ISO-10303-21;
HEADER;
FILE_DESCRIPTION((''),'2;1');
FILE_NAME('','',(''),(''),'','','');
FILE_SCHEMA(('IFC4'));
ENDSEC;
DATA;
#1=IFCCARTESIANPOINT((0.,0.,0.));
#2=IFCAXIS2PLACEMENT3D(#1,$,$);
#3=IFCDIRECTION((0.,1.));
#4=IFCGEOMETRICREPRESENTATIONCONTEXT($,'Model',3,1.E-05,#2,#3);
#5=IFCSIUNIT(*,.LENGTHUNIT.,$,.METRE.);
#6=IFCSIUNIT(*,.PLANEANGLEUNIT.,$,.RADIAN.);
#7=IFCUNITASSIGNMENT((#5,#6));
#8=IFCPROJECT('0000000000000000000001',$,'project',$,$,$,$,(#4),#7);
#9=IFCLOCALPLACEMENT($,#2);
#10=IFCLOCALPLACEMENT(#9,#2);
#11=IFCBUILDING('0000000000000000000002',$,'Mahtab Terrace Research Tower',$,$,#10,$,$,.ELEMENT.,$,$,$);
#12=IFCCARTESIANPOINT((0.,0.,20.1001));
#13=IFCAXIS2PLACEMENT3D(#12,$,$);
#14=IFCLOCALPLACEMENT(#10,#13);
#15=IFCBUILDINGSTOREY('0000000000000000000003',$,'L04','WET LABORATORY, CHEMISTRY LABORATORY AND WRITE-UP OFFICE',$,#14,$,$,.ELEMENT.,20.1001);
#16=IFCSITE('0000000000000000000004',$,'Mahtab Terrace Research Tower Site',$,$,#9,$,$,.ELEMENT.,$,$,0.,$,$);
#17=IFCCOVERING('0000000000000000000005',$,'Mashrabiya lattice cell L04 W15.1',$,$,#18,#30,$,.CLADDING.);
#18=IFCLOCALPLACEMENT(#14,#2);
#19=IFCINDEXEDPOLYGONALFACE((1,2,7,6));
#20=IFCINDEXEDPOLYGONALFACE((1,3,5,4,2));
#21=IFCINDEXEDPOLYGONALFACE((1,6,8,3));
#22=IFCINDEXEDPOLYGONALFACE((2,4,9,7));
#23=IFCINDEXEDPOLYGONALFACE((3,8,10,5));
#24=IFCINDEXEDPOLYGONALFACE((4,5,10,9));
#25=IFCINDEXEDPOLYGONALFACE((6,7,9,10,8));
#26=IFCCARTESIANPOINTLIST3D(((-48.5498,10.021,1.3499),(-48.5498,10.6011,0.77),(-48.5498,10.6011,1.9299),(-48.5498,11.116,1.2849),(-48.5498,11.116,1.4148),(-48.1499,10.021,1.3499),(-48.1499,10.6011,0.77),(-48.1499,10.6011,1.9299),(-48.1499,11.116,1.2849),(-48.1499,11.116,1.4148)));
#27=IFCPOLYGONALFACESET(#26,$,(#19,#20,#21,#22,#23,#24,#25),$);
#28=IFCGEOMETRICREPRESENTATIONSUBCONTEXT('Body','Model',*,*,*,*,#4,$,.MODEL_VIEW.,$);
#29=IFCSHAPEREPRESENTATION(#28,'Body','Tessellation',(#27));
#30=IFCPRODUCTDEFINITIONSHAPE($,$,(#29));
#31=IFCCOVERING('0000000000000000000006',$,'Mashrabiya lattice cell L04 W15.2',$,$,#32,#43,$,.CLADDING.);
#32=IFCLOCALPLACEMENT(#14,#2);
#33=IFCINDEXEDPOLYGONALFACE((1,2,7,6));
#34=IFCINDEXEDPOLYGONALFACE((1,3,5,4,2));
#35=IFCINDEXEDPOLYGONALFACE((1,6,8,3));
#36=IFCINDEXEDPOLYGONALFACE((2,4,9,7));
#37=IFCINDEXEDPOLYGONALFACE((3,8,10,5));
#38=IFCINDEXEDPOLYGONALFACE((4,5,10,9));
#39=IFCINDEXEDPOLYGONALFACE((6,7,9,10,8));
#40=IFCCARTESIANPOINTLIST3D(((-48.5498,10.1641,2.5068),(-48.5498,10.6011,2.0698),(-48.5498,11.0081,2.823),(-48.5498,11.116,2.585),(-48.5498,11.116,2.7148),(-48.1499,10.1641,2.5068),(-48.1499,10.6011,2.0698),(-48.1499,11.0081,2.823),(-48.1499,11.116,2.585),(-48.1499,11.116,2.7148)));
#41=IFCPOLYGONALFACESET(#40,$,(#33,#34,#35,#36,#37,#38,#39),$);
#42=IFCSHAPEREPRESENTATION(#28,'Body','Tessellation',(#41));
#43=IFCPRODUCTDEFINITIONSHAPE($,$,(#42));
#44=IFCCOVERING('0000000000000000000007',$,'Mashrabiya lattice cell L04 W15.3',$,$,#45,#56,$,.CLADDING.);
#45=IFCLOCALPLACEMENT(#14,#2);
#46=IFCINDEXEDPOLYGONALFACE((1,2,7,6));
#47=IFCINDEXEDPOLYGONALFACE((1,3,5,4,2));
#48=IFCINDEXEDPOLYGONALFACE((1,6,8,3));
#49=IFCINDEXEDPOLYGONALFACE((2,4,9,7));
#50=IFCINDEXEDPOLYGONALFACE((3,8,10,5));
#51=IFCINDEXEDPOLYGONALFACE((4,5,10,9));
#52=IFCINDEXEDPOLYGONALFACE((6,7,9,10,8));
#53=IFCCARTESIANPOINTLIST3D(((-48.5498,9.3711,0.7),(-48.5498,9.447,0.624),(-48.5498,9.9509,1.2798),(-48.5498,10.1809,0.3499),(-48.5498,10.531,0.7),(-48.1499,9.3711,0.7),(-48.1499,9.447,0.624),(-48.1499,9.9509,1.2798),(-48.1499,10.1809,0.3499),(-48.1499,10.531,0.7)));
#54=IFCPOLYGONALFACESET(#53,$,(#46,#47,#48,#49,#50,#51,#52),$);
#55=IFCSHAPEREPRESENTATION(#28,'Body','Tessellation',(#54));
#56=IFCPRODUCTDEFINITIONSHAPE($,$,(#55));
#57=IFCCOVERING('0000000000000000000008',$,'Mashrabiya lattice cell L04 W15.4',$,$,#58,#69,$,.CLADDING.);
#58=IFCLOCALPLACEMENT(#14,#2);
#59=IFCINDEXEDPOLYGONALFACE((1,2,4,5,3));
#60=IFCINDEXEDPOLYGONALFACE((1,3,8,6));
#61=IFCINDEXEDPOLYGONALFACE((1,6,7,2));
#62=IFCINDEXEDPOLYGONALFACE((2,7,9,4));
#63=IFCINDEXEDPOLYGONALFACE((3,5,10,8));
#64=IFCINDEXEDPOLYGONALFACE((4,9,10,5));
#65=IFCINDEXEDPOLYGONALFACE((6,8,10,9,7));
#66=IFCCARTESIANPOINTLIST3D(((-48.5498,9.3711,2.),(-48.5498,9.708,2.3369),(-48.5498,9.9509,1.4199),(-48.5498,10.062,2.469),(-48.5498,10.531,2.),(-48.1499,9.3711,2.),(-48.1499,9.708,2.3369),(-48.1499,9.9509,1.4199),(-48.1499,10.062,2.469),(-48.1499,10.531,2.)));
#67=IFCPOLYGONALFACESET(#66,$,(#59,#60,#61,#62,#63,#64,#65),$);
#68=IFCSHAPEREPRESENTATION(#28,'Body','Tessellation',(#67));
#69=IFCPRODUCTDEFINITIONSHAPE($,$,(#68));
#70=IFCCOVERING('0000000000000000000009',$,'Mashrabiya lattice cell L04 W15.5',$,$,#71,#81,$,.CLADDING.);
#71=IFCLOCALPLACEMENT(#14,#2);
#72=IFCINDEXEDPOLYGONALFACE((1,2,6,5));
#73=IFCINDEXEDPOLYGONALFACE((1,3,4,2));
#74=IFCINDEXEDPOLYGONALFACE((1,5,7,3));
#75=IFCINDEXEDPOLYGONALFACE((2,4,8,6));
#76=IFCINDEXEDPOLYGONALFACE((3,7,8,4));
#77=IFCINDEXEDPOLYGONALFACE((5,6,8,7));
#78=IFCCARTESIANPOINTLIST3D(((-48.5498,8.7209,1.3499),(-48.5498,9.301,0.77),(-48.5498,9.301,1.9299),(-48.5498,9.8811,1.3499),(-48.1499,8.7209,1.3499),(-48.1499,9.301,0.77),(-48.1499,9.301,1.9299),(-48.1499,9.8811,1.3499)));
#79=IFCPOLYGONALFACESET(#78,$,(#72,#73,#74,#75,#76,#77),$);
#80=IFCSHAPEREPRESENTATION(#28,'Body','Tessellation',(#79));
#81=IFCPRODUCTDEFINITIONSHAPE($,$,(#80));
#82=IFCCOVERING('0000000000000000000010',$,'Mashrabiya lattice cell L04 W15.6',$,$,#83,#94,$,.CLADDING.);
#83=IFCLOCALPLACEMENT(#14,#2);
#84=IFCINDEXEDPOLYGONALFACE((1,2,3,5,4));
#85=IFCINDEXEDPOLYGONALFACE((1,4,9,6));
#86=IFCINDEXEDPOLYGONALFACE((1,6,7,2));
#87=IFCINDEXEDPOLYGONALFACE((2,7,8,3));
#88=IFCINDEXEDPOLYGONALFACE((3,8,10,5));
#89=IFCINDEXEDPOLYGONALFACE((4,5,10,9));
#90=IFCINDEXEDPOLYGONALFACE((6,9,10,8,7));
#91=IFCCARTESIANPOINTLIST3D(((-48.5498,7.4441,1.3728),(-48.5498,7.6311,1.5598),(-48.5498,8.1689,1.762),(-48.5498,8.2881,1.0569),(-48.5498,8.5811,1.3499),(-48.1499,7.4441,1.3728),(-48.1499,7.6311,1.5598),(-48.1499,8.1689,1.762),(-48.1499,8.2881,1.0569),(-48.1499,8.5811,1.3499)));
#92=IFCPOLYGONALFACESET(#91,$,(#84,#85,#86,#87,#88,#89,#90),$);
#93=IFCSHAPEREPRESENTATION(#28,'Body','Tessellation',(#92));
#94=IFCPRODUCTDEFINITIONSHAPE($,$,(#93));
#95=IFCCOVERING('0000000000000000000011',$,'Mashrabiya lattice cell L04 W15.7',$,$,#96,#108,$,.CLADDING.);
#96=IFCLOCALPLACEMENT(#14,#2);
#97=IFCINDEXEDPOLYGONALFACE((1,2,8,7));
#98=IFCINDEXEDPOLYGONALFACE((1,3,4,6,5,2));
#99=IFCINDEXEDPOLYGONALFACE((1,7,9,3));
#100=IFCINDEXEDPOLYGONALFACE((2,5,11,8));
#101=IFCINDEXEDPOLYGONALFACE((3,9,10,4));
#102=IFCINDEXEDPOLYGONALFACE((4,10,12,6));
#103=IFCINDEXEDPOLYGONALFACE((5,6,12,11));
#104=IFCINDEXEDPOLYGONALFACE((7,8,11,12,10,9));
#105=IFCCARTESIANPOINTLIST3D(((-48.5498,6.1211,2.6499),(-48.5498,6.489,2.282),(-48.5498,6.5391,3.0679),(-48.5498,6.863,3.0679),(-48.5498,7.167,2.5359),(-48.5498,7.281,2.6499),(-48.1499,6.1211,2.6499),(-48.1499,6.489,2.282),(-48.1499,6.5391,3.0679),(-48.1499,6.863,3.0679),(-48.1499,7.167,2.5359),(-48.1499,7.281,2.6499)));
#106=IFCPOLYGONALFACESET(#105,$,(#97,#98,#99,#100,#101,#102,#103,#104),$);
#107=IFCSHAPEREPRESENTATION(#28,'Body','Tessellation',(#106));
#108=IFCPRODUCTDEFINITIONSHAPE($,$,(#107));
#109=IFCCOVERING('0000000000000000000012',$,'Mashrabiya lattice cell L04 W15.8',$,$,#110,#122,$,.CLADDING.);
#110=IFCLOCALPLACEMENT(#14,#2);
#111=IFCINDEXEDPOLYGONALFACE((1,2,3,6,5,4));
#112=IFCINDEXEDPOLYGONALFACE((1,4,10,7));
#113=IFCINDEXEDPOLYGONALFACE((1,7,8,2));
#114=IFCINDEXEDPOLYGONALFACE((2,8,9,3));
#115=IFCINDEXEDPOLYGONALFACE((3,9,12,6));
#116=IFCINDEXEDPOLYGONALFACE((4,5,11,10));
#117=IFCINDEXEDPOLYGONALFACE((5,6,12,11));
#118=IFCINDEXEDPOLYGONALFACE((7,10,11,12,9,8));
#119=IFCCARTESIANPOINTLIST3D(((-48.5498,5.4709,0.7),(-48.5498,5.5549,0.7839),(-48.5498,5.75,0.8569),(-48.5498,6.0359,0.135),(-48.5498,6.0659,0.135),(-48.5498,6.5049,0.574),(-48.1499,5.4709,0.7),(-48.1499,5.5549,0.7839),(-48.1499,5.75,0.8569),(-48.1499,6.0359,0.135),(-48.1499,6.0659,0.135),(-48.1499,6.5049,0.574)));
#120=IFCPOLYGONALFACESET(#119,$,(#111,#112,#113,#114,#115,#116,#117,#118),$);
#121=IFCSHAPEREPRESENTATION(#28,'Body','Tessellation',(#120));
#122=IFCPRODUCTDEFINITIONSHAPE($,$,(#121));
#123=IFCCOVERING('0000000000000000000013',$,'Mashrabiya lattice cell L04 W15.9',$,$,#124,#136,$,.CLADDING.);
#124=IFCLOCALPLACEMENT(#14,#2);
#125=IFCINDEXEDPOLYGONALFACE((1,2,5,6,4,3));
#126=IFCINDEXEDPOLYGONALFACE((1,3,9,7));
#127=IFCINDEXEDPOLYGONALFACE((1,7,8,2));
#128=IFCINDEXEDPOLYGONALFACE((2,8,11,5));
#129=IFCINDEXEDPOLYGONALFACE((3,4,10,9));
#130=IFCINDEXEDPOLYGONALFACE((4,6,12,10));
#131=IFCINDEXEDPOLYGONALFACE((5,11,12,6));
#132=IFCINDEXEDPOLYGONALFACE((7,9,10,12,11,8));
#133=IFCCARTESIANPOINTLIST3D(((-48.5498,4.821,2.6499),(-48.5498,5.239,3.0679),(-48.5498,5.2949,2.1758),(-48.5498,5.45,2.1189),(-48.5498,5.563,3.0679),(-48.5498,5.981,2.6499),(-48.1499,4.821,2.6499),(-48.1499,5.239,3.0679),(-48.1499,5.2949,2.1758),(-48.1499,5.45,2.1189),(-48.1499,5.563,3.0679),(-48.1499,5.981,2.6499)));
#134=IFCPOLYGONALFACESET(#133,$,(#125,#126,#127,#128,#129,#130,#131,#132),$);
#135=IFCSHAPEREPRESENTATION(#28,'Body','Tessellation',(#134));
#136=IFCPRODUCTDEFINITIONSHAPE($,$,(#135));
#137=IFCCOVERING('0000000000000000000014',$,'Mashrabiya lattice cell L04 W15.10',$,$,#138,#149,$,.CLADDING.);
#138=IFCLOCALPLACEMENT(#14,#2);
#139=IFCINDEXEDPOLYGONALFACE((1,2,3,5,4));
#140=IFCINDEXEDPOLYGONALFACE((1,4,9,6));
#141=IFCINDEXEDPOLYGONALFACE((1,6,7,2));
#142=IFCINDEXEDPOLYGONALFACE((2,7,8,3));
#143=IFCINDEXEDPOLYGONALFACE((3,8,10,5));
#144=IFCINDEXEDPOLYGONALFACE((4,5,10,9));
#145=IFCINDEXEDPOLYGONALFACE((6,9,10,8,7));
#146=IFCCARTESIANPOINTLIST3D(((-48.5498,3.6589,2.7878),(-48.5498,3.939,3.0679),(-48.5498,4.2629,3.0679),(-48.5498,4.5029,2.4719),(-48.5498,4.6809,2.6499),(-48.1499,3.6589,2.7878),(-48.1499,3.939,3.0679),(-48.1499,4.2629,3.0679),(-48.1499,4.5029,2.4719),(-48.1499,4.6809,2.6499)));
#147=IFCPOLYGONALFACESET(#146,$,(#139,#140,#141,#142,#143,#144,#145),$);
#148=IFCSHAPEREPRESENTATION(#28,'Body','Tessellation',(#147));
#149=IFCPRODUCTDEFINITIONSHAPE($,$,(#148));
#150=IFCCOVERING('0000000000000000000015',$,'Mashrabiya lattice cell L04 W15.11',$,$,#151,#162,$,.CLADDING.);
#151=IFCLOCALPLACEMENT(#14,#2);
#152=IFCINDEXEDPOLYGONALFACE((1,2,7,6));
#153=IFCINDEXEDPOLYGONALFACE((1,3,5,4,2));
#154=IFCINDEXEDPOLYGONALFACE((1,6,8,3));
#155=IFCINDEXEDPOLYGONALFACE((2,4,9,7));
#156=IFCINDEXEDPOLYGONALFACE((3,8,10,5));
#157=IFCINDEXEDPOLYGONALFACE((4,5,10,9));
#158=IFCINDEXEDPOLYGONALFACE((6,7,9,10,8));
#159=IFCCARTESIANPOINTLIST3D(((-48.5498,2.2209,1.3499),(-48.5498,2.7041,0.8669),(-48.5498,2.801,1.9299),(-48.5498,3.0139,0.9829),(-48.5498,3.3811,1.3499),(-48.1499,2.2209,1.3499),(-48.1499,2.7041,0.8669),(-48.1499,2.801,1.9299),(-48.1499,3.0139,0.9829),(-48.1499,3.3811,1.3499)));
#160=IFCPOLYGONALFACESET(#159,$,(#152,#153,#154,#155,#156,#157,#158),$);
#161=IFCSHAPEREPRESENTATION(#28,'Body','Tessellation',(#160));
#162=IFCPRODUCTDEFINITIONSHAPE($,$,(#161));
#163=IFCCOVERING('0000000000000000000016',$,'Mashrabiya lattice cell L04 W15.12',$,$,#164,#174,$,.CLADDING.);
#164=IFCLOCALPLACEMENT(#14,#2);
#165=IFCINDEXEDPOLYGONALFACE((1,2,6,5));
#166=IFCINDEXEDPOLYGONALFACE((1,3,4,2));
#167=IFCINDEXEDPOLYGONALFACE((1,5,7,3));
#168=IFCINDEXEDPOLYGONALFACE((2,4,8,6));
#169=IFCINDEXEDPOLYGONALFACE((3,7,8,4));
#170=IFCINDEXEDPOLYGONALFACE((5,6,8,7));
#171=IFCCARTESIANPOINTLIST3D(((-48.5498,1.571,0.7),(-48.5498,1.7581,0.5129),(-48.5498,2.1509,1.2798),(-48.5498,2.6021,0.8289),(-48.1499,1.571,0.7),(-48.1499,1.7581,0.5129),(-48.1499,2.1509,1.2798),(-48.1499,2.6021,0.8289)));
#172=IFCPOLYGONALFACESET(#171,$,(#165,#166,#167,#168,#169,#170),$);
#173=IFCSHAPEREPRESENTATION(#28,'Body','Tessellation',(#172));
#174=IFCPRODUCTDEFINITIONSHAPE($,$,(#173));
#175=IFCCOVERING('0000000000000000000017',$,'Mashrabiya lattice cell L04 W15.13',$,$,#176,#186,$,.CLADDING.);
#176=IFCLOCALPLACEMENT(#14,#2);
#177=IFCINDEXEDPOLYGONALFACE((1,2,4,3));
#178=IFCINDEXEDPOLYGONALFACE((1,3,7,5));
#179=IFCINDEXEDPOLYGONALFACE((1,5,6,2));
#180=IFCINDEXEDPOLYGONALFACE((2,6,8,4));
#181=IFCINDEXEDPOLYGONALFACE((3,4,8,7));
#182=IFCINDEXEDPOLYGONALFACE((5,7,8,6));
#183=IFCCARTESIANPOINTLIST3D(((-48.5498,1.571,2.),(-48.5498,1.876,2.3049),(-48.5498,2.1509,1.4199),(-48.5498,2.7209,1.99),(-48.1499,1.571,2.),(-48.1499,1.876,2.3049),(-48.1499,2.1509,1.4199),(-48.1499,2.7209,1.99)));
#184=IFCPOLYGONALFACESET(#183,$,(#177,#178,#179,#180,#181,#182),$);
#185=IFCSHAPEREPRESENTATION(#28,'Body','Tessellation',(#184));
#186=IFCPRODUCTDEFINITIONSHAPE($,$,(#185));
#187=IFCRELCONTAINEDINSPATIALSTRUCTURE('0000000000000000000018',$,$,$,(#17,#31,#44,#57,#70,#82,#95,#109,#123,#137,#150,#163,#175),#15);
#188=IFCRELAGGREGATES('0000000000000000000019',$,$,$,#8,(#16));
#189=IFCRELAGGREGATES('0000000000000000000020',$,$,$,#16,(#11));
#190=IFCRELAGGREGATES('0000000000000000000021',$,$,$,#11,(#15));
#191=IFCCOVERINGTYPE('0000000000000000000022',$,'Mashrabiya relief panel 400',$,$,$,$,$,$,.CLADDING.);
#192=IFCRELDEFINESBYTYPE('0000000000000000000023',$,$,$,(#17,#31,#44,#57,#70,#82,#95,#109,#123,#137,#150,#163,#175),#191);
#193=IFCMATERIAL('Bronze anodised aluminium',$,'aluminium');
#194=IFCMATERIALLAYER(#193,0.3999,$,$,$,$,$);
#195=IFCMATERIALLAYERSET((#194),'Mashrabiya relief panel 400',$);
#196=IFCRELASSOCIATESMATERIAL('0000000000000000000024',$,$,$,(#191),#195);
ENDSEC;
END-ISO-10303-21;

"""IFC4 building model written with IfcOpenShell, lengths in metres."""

from ifc_helpers import new_model, si_unit, direction, frame, origin, place, context, subcontext, project, spatial, polyline, outline, extrude, material, layer, layer_set, type_object, element, save


model = new_model("IFC4")

# Units and contexts
model_context = context("Model", 3, precision=1e-05, world=origin(), true_north=direction((0.0, 1.0)))
body_context = subcontext(model_context, "Body", "Model", "MODEL_VIEW")
ifc_project = project(units=[si_unit("LENGTHUNIT", "METRE"), si_unit("PLANEANGLEUNIT", "RADIAN")], contexts=[model_context])

# Site, building, storey
site_placement = place(None, origin())
site = spatial("IfcSite", under=ifc_project, at=site_placement, Name="Mahtab Terrace Research Tower Site", CompositionType="ELEMENT", RefElevation=0.0)
building_placement = place(site_placement, origin())
building = spatial("IfcBuilding", under=site, at=building_placement, Name="Mahtab Terrace Research Tower", CompositionType="ELEMENT")
storey_placement = place(building_placement, frame((0.0, 0.0, 20.1001)))
storey = spatial("IfcBuildingStorey", under=building, at=storey_placement, Name="L04", Description="WET LABORATORY, CHEMISTRY LABORATORY AND WRITE-UP OFFICE", CompositionType="ELEMENT", Elevation=20.1001)

# Coverings
ifc_material_1 = material(Name="Bronze anodised aluminium", Category="aluminium")
ifc_layer_1 = layer(ifc_material_1, 0.3999)
ifc_layer_set_1 = layer_set([ifc_layer_1], Name="Mashrabiya relief panel 400")
covering_type = type_object("IfcCoveringType", Name="Mashrabiya relief panel 400", PredefinedType="CLADDING", material=ifc_layer_set_1)
covering_1_placement = place(storey_placement, frame((-48.1499, 10.6011, 1.9299), z_axis=(1.0, 0.0, 0.0), x_axis=(0.0, -0.707107, -0.707107)))
element("IfcCovering", 1, at=covering_1_placement, inside=storey, type_object=covering_type, Name="Mashrabiya lattice cell L04 W15.1", PredefinedType="CLADDING", context=body_context, shape_type="SweptSolid", body=[
    extrude(outline(polyline([(0.0, 0.0), (0.8204, 0.0), (0.8202, 0.8202), (0.092, 0.8202), (0.0002, 0.7283), (0.0, 0.0)])), origin(), (0.0, 0.0, -1.0), 0.3999),
])
covering_2_placement = place(storey_placement, frame((-48.1499, 10.6011, 2.0698), z_axis=(1.0, 0.0, 0.0), x_axis=(0.0, 0.706939, 0.707274)))
element("IfcCovering", 2, at=covering_2_placement, inside=storey, type_object=covering_type, Name="Mashrabiya lattice cell L04 W15.2", PredefinedType="CLADDING", context=body_context, shape_type="SweptSolid", body=[
    extrude(outline(polyline([(0.0, 0.0), (0.7283, 0.0), (0.8202, 0.0918), (0.8204, 0.2446), (0.0001, 0.618), (0.0, 0.0)])), origin(), (0.0, 0.0, -1.0), 0.3999),
])
covering_3_placement = place(storey_placement, frame((-48.1499, 10.531, 0.7), z_axis=(1.0, 0.0, 0.0), x_axis=(0.0, -0.707256, 0.706958)))
element("IfcCovering", 3, at=covering_3_placement, inside=storey, type_object=covering_type, Name="Mashrabiya lattice cell L04 W15.3", PredefinedType="CLADDING", context=body_context, shape_type="SweptSolid", body=[
    extrude(outline(polyline([(0.0, 0.0), (0.8202, 0.0), (0.8204, 0.82), (0.713, 0.82), (0.0001, 0.4951), (0.0, 0.0)])), origin(), (0.0, 0.0, -1.0), 0.3999),
])
covering_4_placement = place(storey_placement, frame((-48.1499, 9.3711, 2.0), z_axis=(1.0, 0.0, 0.0), x_axis=(0.0, 0.706958, -0.707256)))
element("IfcCovering", 4, at=covering_4_placement, inside=storey, type_object=covering_type, Name="Mashrabiya lattice cell L04 W15.4", PredefinedType="CLADDING", context=body_context, shape_type="SweptSolid", body=[
    extrude(outline(polyline([(0.0, 0.0), (0.8202, 0.0), (0.82, 0.8204), (0.1568, 0.8202), (-0.0001, 0.4765), (0.0, 0.0)])), origin(), (0.0, 0.0, -1.0), 0.3999),
])
covering_5_placement = place(storey_placement, frame((-48.1499, 9.301, 1.9299), z_axis=(1.0, 0.0, 0.0), x_axis=(0.0, -0.707107, -0.707107)))
element("IfcCovering", 5, at=covering_5_placement, inside=storey, type_object=covering_type, Name="Mashrabiya lattice cell L04 W15.5", PredefinedType="CLADDING", context=body_context, shape_type="SweptSolid", body=[
    extrude(outline(polyline([(0.0, 0.0), (0.8204, 0.0), (0.8202, 0.8202), (0.0, 0.8204), (0.0, 0.0)])), origin(), (0.0, 0.0, -1.0), 0.3999),
])
covering_6_placement = place(storey_placement, frame((-48.1499, 8.5811, 1.3499), z_axis=(1.0, 0.0, 0.0), x_axis=(0.0, -0.707107, 0.707107)))
element("IfcCovering", 6, at=covering_6_placement, inside=storey, type_object=covering_type, Name="Mashrabiya lattice cell L04 W15.6", PredefinedType="CLADDING", context=body_context, shape_type="SweptSolid", body=[
    extrude(outline(polyline([(0.0, 0.0), (0.5828, 0.0), (0.8202, 0.5233), (0.8202, 0.7877), (0.0, 0.4143), (0.0, 0.0)])), origin(), (0.0, 0.0, -1.0), 0.3999),
])
covering_7_placement = place(storey_placement, frame((-48.1499, 7.281, 2.6499), z_axis=(1.0, 0.0, 0.0), x_axis=(0.0, -0.707107, 0.707107)))
element("IfcCovering", 7, at=covering_7_placement, inside=storey, type_object=covering_type, Name="Mashrabiya lattice cell L04 W15.7", PredefinedType="CLADDING", context=body_context, shape_type="SweptSolid", body=[
    extrude(outline(polyline([(0.0, 0.0), (0.5911, 0.0), (0.8202, 0.2291), (0.8202, 0.8202), (0.2999, 0.8202), (0.0, 0.1612), (0.0, 0.0)])), origin(), (0.0, 0.0, -1.0), 0.3999),
])
covering_8_placement = place(storey_placement, frame((-48.1499, 6.5049, 0.574), z_axis=(1.0, 0.0, 0.0), x_axis=(0.0, -0.936379, 0.350991)))
element("IfcCovering", 8, at=covering_8_placement, inside=storey, type_object=covering_type, Name="Mashrabiya lattice cell L04 W15.8", PredefinedType="CLADDING", context=body_context, shape_type="SweptSolid", body=[
    extrude(outline(polyline([(0.0, 0.0), (0.8062, 0.0), (0.9632, 0.1368), (1.0124, 0.2449), (0.2851, 0.5757), (0.257, 0.5651), (0.0, 0.0)])), origin(), (0.0, 0.0, -1.0), 0.3999),
])
covering_9_placement = place(storey_placement, frame((-48.1499, 5.981, 2.6499), z_axis=(1.0, 0.0, 0.0), x_axis=(0.0, -0.707107, 0.707107)))
element("IfcCovering", 9, at=covering_9_placement, inside=storey, type_object=covering_type, Name="Mashrabiya lattice cell L04 W15.9", PredefinedType="CLADDING", context=body_context, shape_type="SweptSolid", body=[
    extrude(outline(polyline([(0.0, 0.0), (0.5911, 0.0), (0.8202, 0.2291), (0.8202, 0.8202), (0.1498, 0.8204), (0.0, 0.751), (0.0, 0.0)])), origin(), (0.0, 0.0, -1.0), 0.3999),
])
covering_10_placement = place(storey_placement, frame((-48.1499, 4.6809, 2.6499), z_axis=(1.0, 0.0, 0.0), x_axis=(0.0, -0.707107, 0.707107)))
element("IfcCovering", 10, at=covering_10_placement, inside=storey, type_object=covering_type, Name="Mashrabiya lattice cell L04 W15.10", PredefinedType="CLADDING", context=body_context, shape_type="SweptSolid", body=[
    extrude(outline(polyline([(0.0, 0.0), (0.5911, 0.0), (0.8202, 0.2291), (0.8202, 0.6251), (0.0, 0.2517), (0.0, 0.0)])), origin(), (0.0, 0.0, -1.0), 0.3999),
])
covering_11_placement = place(storey_placement, frame((-48.1499, 3.3811, 1.3499), z_axis=(1.0, 0.0, 0.0), x_axis=(0.0, -0.707107, 0.707107)))
element("IfcCovering", 11, at=covering_11_placement, inside=storey, type_object=covering_type, Name="Mashrabiya lattice cell L04 W15.11", PredefinedType="CLADDING", context=body_context, shape_type="SweptSolid", body=[
    extrude(outline(polyline([(0.0, 0.0), (0.8204, 0.0), (0.8204, 0.8204), (0.1372, 0.8202), (0.0002, 0.5191), (0.0, 0.0)])), origin(), (0.0, 0.0, -1.0), 0.3999),
])
covering_12_placement = place(storey_placement, frame((-48.1499, 2.1509, 1.2798), z_axis=(1.0, 0.0, 0.0), x_axis=(0.0, -0.707107, -0.707107)))
element("IfcCovering", 12, at=covering_12_placement, inside=storey, type_object=covering_type, Name="Mashrabiya lattice cell L04 W15.12", PredefinedType="CLADDING", context=body_context, shape_type="SweptSolid", body=[
    extrude(outline(polyline([(0.0, 0.0), (0.82, 0.0), (0.82, 0.2645), (-0.0002, 0.6379), (0.0, 0.0)])), origin(), (0.0, 0.0, -1.0), 0.3999),
])
covering_13_placement = place(storey_placement, frame((-48.1499, 1.571, 2.0), z_axis=(1.0, 0.0, 0.0), x_axis=(0.0, 0.706958, -0.707256)))
element("IfcCovering", 13, at=covering_13_placement, inside=storey, type_object=covering_type, Name="Mashrabiya lattice cell L04 W15.13", PredefinedType="CLADDING", context=body_context, shape_type="SweptSolid", body=[
    extrude(outline(polyline([(0.0, 0.0), (0.8202, 0.0), (0.82, 0.8062), (-0.0001, 0.4312), (0.0, 0.0)])), origin(), (0.0, 0.0, -1.0), 0.3999),
])

save(model, "model.ifc")
